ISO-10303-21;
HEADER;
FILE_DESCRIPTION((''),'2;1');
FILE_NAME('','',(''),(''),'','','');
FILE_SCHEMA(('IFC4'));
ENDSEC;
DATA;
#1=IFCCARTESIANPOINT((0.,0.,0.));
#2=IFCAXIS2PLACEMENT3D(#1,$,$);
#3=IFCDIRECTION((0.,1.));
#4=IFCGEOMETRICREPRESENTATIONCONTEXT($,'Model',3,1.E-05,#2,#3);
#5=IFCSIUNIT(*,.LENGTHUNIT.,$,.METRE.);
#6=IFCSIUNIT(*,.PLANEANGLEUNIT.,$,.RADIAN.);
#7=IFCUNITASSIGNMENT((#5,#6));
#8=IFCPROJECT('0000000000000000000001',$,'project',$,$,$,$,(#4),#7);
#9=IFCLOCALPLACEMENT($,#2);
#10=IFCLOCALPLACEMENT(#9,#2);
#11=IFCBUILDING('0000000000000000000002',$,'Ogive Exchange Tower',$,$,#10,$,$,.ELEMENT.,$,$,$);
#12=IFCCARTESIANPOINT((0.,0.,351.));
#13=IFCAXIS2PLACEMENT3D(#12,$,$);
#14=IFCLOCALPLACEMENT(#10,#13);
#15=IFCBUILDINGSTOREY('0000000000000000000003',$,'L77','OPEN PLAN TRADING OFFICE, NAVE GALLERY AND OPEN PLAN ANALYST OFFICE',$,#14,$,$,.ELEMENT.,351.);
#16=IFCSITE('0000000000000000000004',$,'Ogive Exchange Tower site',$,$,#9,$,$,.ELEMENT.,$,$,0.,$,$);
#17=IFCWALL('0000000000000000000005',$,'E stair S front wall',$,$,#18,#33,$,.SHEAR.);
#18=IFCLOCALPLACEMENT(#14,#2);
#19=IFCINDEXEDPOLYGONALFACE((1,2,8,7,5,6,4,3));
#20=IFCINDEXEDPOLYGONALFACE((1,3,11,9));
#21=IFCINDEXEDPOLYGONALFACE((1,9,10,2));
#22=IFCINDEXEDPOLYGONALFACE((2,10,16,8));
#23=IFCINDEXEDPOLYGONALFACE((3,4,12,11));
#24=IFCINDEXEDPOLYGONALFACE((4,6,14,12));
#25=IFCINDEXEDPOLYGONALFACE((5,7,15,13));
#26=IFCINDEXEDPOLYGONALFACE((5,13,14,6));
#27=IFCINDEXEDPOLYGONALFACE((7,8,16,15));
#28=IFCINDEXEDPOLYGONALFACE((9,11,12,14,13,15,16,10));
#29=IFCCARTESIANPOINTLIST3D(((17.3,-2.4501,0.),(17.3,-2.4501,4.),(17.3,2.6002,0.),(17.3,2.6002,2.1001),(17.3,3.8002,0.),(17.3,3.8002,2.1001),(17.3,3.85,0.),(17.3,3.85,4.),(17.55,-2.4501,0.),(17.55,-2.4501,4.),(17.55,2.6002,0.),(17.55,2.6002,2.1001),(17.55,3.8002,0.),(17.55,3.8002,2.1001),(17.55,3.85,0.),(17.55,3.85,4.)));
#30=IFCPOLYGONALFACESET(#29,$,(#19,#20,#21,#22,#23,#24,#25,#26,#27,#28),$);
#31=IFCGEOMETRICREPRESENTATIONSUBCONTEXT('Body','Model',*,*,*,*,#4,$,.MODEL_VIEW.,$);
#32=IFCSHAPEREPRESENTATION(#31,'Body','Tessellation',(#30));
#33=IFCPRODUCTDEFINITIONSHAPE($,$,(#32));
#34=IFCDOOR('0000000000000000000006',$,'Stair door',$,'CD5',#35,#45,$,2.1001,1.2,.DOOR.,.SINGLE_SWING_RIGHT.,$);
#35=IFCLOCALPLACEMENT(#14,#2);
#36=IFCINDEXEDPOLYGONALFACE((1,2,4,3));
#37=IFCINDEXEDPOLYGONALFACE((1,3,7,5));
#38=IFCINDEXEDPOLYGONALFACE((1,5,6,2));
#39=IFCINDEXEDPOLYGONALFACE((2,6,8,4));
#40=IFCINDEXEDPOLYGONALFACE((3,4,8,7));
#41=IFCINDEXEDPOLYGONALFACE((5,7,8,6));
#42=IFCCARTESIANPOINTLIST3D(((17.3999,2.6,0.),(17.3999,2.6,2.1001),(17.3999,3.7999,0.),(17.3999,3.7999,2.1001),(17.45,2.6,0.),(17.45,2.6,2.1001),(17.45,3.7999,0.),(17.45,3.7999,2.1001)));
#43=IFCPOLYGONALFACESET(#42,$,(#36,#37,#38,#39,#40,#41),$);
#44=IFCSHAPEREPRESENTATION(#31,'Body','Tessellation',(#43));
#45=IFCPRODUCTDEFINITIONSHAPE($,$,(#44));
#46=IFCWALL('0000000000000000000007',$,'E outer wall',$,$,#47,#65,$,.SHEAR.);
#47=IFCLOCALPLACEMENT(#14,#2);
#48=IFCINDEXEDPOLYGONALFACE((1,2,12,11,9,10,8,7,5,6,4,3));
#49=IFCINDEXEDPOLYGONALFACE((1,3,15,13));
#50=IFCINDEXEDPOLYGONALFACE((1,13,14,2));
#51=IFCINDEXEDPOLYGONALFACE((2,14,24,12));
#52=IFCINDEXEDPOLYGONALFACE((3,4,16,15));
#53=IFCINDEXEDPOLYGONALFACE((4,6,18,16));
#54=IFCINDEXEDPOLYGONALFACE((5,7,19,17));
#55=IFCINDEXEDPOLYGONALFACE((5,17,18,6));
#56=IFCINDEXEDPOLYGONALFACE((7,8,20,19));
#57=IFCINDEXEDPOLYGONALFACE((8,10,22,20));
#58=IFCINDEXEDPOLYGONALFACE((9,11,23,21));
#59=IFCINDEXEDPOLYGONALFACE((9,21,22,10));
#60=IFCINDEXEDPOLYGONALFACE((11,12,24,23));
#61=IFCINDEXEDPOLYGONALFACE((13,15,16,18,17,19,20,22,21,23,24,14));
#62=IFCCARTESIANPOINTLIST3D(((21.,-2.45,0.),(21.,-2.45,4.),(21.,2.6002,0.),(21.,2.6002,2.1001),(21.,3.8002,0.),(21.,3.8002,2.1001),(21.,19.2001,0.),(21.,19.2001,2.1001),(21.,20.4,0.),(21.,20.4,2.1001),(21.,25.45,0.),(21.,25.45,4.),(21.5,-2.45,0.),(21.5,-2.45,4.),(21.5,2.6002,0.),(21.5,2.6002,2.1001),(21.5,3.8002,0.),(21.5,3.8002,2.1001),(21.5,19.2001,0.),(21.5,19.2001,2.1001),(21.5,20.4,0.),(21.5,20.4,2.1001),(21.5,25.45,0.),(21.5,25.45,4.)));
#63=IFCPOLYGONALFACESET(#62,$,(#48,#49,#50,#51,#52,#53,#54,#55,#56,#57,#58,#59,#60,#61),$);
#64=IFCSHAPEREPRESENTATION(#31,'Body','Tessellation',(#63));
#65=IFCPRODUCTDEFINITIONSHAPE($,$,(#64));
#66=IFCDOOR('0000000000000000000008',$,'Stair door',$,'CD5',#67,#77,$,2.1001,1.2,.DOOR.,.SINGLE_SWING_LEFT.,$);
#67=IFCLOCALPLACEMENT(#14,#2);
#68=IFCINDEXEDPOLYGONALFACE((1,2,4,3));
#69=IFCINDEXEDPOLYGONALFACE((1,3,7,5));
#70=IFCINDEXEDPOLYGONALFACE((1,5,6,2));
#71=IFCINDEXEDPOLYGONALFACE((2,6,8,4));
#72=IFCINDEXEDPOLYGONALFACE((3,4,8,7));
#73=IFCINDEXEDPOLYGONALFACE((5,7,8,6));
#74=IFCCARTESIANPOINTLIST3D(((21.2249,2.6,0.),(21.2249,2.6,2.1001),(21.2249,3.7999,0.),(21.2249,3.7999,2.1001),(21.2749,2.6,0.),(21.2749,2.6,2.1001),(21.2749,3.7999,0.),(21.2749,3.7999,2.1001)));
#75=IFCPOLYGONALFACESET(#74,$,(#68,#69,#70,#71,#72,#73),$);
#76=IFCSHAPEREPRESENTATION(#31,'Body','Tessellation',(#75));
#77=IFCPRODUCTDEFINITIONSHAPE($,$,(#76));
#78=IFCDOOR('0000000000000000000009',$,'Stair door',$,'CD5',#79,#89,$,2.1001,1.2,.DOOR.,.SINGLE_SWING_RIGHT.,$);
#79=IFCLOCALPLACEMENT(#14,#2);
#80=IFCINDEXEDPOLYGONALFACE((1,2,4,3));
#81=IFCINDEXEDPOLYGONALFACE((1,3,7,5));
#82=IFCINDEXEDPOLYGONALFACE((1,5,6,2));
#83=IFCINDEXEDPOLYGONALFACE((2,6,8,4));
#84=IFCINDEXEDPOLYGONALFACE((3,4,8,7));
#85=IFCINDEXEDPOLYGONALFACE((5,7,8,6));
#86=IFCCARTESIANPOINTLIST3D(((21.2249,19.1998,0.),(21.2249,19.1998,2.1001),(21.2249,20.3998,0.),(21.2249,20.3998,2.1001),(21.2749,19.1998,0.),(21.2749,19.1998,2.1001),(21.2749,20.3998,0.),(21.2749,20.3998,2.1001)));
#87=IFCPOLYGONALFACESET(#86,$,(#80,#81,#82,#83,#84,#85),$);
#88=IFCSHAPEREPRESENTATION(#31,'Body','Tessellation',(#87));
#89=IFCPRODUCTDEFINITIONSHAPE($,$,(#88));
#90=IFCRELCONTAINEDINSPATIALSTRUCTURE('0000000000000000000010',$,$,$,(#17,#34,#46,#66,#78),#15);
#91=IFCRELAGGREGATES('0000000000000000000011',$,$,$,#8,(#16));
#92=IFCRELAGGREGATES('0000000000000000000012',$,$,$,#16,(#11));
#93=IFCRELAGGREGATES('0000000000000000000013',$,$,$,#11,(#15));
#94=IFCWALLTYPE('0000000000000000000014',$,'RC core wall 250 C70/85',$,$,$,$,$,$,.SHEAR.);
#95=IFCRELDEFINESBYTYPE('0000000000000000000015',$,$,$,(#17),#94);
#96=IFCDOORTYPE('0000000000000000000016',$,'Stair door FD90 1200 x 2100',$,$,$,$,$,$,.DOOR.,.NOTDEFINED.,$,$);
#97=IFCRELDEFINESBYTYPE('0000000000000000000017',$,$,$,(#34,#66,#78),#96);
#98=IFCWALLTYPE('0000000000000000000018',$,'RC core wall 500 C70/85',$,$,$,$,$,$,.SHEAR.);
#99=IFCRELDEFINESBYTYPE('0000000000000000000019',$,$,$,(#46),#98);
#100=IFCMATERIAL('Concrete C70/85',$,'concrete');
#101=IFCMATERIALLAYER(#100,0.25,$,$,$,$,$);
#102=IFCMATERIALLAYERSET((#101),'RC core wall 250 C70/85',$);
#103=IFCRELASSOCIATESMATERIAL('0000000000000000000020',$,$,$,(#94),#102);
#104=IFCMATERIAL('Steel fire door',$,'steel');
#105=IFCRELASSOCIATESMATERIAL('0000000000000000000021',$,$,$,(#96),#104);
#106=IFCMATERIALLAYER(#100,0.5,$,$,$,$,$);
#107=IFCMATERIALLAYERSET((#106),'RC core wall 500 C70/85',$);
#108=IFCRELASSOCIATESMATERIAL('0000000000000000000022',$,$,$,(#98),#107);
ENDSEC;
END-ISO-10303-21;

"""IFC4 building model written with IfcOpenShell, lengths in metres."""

from ifc_helpers import new_model, si_unit, direction, frame, frame_2d, origin, place, context, subcontext, project, spatial, rectangle, extrude, material, layer, layer_set, type_object, element, fill, save


model = new_model("IFC4")

# Units and contexts
model_context = context("Model", 3, precision=1e-05, world=origin(), true_north=direction((0.0, 1.0)))
body_context = subcontext(model_context, "Body", "Model", "MODEL_VIEW")
ifc_project = project(units=[si_unit("LENGTHUNIT", "METRE"), si_unit("PLANEANGLEUNIT", "RADIAN")], contexts=[model_context])

# Site, building, storey
site_placement = place(None, origin())
site = spatial("IfcSite", under=ifc_project, at=site_placement, Name="Ogive Exchange Tower site", CompositionType="ELEMENT", RefElevation=0.0)
building_placement = place(site_placement, origin())
building = spatial("IfcBuilding", under=site, at=building_placement, Name="Ogive Exchange Tower", CompositionType="ELEMENT")
storey_placement = place(building_placement, frame((0.0, 0.0, 351.0)))
storey = spatial("IfcBuildingStorey", under=building, at=storey_placement, Name="L77", Description="OPEN PLAN TRADING OFFICE, NAVE GALLERY AND OPEN PLAN ANALYST OFFICE", CompositionType="ELEMENT", Elevation=351.0)

# Wall, opening, door
ifc_material_1 = material(Name="Concrete C70/85", Category="concrete")
ifc_layer_1 = layer(ifc_material_1, 0.25)
ifc_layer_set_1 = layer_set([ifc_layer_1], Name="RC core wall 250 C70/85")
wall_type_1 = type_object("IfcWallType", Name="RC core wall 250 C70/85", PredefinedType="SHEAR", material=ifc_layer_set_1)
wall_1_placement = place(storey_placement, frame((17.425, -2.45, 0.0), z_axis=(0.0, 0.0, 1.0), x_axis=(0.0, 1.0, 0.0)))
wall_1 = element("IfcWall", 1, at=wall_1_placement, inside=storey, type_object=wall_type_1, Name="E stair S front wall", PredefinedType="SHEAR", context=body_context, shape_type="SweptSolid", body=[
    extrude(rectangle(XDim=6.3, YDim=0.25, at=frame_2d((3.1499, 0.0))), origin(), (0.0, 0.0, 1.0), 4.0),
])
opening_1_placement = place(wall_1_placement, frame((5.05, 0.0, 0.0)))
opening_1 = element("IfcOpeningElement", 2, at=opening_1_placement, cuts=wall_1, PredefinedType="OPENING", context=body_context, shape_type="SweptSolid", body=[
    extrude(rectangle(XDim=1.2, YDim=2.1001, at=frame_2d((0.6001, 1.05))), frame((0.0, 0.135, 0.0), z_axis=(0.0, -1.0, 0.0), x_axis=(1.0, 0.0, 0.0)), (0.0, 0.0, 1.0), 0.27),
])
ifc_material_2 = material(Name="Steel fire door", Category="steel")
door_type_1 = type_object("IfcDoorType", Name="Stair door FD90 1200 x 2100", OperationType="NOTDEFINED", PredefinedType="DOOR", material=ifc_material_2)
door_1_placement = place(opening_1_placement, frame((1.2, 0.0, 0.0), z_axis=(0.0, 0.0, 1.0), x_axis=(-1.0, 0.0, 0.0)))
door_1 = element("IfcDoor", 3, at=door_1_placement, inside=storey, type_object=door_type_1, Name="Stair door", ObjectType="CD5", OperationType="SINGLE_SWING_RIGHT", OverallHeight=2.1001, OverallWidth=1.2, PredefinedType="DOOR", context=body_context, shape_type="SweptSolid", body=[
    extrude(rectangle(XDim=1.2, YDim=2.1001, at=frame_2d((0.6001, 1.05))), frame((0.0, 0.0249, 0.0), z_axis=(0.0, -1.0, 0.0), x_axis=(1.0, 0.0, 0.0)), (0.0, 0.0, 1.0), 0.05),
])
fill(opening_1, door_1)

# Wall, openings, doors
ifc_layer_2 = layer(ifc_material_1, 0.5)
ifc_layer_set_2 = layer_set([ifc_layer_2], Name="RC core wall 500 C70/85")
wall_type_2 = type_object("IfcWallType", Name="RC core wall 500 C70/85", PredefinedType="SHEAR", material=ifc_layer_set_2)
wall_2_placement = place(storey_placement, frame((21.25, -2.45, 0.0), z_axis=(0.0, 0.0, 1.0), x_axis=(0.0, 1.0, 0.0)))
wall_2 = element("IfcWall", 4, at=wall_2_placement, inside=storey, type_object=wall_type_2, Name="E outer wall", PredefinedType="SHEAR", context=body_context, shape_type="SweptSolid", body=[
    extrude(rectangle(XDim=27.8999, YDim=0.5, at=frame_2d((13.95, 0.0))), origin(), (0.0, 0.0, 1.0), 4.0),
])
opening_2_placement = place(wall_2_placement, frame((5.05, 0.0, 0.0)))
opening_2 = element("IfcOpeningElement", 5, at=opening_2_placement, cuts=wall_2, PredefinedType="OPENING", context=body_context, shape_type="SweptSolid", body=[
    extrude(rectangle(XDim=1.2, YDim=2.1001, at=frame_2d((0.6001, 1.05))), frame((0.0, 0.26, 0.0), z_axis=(0.0, -1.0, 0.0), x_axis=(1.0, 0.0, 0.0)), (0.0, 0.0, 1.0), 0.52),
])
opening_3_placement = place(wall_2_placement, frame((21.6499, 0.0, 0.0)))
opening_3 = element("IfcOpeningElement", 6, at=opening_3_placement, cuts=wall_2, PredefinedType="OPENING", context=body_context, shape_type="SweptSolid", body=[
    extrude(rectangle(XDim=1.2, YDim=2.1001, at=frame_2d((0.6001, 1.05))), frame((0.0, 0.26, 0.0), z_axis=(0.0, -1.0, 0.0), x_axis=(1.0, 0.0, 0.0)), (0.0, 0.0, 1.0), 0.52),
])
door_2_placement = place(opening_2_placement, frame((1.2, 0.0, 0.0), z_axis=(0.0, 0.0, 1.0), x_axis=(-1.0, 0.0, 0.0)))
door_2 = element("IfcDoor", 7, at=door_2_placement, inside=storey, type_object=door_type_1, Name="Stair door", ObjectType="CD5", OperationType="SINGLE_SWING_LEFT", OverallHeight=2.1001, OverallWidth=1.2, PredefinedType="DOOR", context=body_context, shape_type="SweptSolid", body=[
    extrude(rectangle(XDim=1.2, YDim=2.1001, at=frame_2d((0.6001, 1.05))), frame((0.0, 0.0249, 0.0), z_axis=(0.0, -1.0, 0.0), x_axis=(1.0, 0.0, 0.0)), (0.0, 0.0, 1.0), 0.05),
])
fill(opening_2, door_2)
door_3_placement = place(opening_3_placement, frame((1.2, 0.0, 0.0), z_axis=(0.0, 0.0, 1.0), x_axis=(-1.0, 0.0, 0.0)))
door_3 = element("IfcDoor", 8, at=door_3_placement, inside=storey, type_object=door_type_1, Name="Stair door", ObjectType="CD5", OperationType="SINGLE_SWING_RIGHT", OverallHeight=2.1001, OverallWidth=1.2, PredefinedType="DOOR", context=body_context, shape_type="SweptSolid", body=[
    extrude(rectangle(XDim=1.2, YDim=2.1001, at=frame_2d((0.6001, 1.05))), frame((0.0, 0.0249, 0.0), z_axis=(0.0, -1.0, 0.0), x_axis=(1.0, 0.0, 0.0)), (0.0, 0.0, 1.0), 0.05),
])
fill(opening_3, door_3)

save(model, "model.ifc")
